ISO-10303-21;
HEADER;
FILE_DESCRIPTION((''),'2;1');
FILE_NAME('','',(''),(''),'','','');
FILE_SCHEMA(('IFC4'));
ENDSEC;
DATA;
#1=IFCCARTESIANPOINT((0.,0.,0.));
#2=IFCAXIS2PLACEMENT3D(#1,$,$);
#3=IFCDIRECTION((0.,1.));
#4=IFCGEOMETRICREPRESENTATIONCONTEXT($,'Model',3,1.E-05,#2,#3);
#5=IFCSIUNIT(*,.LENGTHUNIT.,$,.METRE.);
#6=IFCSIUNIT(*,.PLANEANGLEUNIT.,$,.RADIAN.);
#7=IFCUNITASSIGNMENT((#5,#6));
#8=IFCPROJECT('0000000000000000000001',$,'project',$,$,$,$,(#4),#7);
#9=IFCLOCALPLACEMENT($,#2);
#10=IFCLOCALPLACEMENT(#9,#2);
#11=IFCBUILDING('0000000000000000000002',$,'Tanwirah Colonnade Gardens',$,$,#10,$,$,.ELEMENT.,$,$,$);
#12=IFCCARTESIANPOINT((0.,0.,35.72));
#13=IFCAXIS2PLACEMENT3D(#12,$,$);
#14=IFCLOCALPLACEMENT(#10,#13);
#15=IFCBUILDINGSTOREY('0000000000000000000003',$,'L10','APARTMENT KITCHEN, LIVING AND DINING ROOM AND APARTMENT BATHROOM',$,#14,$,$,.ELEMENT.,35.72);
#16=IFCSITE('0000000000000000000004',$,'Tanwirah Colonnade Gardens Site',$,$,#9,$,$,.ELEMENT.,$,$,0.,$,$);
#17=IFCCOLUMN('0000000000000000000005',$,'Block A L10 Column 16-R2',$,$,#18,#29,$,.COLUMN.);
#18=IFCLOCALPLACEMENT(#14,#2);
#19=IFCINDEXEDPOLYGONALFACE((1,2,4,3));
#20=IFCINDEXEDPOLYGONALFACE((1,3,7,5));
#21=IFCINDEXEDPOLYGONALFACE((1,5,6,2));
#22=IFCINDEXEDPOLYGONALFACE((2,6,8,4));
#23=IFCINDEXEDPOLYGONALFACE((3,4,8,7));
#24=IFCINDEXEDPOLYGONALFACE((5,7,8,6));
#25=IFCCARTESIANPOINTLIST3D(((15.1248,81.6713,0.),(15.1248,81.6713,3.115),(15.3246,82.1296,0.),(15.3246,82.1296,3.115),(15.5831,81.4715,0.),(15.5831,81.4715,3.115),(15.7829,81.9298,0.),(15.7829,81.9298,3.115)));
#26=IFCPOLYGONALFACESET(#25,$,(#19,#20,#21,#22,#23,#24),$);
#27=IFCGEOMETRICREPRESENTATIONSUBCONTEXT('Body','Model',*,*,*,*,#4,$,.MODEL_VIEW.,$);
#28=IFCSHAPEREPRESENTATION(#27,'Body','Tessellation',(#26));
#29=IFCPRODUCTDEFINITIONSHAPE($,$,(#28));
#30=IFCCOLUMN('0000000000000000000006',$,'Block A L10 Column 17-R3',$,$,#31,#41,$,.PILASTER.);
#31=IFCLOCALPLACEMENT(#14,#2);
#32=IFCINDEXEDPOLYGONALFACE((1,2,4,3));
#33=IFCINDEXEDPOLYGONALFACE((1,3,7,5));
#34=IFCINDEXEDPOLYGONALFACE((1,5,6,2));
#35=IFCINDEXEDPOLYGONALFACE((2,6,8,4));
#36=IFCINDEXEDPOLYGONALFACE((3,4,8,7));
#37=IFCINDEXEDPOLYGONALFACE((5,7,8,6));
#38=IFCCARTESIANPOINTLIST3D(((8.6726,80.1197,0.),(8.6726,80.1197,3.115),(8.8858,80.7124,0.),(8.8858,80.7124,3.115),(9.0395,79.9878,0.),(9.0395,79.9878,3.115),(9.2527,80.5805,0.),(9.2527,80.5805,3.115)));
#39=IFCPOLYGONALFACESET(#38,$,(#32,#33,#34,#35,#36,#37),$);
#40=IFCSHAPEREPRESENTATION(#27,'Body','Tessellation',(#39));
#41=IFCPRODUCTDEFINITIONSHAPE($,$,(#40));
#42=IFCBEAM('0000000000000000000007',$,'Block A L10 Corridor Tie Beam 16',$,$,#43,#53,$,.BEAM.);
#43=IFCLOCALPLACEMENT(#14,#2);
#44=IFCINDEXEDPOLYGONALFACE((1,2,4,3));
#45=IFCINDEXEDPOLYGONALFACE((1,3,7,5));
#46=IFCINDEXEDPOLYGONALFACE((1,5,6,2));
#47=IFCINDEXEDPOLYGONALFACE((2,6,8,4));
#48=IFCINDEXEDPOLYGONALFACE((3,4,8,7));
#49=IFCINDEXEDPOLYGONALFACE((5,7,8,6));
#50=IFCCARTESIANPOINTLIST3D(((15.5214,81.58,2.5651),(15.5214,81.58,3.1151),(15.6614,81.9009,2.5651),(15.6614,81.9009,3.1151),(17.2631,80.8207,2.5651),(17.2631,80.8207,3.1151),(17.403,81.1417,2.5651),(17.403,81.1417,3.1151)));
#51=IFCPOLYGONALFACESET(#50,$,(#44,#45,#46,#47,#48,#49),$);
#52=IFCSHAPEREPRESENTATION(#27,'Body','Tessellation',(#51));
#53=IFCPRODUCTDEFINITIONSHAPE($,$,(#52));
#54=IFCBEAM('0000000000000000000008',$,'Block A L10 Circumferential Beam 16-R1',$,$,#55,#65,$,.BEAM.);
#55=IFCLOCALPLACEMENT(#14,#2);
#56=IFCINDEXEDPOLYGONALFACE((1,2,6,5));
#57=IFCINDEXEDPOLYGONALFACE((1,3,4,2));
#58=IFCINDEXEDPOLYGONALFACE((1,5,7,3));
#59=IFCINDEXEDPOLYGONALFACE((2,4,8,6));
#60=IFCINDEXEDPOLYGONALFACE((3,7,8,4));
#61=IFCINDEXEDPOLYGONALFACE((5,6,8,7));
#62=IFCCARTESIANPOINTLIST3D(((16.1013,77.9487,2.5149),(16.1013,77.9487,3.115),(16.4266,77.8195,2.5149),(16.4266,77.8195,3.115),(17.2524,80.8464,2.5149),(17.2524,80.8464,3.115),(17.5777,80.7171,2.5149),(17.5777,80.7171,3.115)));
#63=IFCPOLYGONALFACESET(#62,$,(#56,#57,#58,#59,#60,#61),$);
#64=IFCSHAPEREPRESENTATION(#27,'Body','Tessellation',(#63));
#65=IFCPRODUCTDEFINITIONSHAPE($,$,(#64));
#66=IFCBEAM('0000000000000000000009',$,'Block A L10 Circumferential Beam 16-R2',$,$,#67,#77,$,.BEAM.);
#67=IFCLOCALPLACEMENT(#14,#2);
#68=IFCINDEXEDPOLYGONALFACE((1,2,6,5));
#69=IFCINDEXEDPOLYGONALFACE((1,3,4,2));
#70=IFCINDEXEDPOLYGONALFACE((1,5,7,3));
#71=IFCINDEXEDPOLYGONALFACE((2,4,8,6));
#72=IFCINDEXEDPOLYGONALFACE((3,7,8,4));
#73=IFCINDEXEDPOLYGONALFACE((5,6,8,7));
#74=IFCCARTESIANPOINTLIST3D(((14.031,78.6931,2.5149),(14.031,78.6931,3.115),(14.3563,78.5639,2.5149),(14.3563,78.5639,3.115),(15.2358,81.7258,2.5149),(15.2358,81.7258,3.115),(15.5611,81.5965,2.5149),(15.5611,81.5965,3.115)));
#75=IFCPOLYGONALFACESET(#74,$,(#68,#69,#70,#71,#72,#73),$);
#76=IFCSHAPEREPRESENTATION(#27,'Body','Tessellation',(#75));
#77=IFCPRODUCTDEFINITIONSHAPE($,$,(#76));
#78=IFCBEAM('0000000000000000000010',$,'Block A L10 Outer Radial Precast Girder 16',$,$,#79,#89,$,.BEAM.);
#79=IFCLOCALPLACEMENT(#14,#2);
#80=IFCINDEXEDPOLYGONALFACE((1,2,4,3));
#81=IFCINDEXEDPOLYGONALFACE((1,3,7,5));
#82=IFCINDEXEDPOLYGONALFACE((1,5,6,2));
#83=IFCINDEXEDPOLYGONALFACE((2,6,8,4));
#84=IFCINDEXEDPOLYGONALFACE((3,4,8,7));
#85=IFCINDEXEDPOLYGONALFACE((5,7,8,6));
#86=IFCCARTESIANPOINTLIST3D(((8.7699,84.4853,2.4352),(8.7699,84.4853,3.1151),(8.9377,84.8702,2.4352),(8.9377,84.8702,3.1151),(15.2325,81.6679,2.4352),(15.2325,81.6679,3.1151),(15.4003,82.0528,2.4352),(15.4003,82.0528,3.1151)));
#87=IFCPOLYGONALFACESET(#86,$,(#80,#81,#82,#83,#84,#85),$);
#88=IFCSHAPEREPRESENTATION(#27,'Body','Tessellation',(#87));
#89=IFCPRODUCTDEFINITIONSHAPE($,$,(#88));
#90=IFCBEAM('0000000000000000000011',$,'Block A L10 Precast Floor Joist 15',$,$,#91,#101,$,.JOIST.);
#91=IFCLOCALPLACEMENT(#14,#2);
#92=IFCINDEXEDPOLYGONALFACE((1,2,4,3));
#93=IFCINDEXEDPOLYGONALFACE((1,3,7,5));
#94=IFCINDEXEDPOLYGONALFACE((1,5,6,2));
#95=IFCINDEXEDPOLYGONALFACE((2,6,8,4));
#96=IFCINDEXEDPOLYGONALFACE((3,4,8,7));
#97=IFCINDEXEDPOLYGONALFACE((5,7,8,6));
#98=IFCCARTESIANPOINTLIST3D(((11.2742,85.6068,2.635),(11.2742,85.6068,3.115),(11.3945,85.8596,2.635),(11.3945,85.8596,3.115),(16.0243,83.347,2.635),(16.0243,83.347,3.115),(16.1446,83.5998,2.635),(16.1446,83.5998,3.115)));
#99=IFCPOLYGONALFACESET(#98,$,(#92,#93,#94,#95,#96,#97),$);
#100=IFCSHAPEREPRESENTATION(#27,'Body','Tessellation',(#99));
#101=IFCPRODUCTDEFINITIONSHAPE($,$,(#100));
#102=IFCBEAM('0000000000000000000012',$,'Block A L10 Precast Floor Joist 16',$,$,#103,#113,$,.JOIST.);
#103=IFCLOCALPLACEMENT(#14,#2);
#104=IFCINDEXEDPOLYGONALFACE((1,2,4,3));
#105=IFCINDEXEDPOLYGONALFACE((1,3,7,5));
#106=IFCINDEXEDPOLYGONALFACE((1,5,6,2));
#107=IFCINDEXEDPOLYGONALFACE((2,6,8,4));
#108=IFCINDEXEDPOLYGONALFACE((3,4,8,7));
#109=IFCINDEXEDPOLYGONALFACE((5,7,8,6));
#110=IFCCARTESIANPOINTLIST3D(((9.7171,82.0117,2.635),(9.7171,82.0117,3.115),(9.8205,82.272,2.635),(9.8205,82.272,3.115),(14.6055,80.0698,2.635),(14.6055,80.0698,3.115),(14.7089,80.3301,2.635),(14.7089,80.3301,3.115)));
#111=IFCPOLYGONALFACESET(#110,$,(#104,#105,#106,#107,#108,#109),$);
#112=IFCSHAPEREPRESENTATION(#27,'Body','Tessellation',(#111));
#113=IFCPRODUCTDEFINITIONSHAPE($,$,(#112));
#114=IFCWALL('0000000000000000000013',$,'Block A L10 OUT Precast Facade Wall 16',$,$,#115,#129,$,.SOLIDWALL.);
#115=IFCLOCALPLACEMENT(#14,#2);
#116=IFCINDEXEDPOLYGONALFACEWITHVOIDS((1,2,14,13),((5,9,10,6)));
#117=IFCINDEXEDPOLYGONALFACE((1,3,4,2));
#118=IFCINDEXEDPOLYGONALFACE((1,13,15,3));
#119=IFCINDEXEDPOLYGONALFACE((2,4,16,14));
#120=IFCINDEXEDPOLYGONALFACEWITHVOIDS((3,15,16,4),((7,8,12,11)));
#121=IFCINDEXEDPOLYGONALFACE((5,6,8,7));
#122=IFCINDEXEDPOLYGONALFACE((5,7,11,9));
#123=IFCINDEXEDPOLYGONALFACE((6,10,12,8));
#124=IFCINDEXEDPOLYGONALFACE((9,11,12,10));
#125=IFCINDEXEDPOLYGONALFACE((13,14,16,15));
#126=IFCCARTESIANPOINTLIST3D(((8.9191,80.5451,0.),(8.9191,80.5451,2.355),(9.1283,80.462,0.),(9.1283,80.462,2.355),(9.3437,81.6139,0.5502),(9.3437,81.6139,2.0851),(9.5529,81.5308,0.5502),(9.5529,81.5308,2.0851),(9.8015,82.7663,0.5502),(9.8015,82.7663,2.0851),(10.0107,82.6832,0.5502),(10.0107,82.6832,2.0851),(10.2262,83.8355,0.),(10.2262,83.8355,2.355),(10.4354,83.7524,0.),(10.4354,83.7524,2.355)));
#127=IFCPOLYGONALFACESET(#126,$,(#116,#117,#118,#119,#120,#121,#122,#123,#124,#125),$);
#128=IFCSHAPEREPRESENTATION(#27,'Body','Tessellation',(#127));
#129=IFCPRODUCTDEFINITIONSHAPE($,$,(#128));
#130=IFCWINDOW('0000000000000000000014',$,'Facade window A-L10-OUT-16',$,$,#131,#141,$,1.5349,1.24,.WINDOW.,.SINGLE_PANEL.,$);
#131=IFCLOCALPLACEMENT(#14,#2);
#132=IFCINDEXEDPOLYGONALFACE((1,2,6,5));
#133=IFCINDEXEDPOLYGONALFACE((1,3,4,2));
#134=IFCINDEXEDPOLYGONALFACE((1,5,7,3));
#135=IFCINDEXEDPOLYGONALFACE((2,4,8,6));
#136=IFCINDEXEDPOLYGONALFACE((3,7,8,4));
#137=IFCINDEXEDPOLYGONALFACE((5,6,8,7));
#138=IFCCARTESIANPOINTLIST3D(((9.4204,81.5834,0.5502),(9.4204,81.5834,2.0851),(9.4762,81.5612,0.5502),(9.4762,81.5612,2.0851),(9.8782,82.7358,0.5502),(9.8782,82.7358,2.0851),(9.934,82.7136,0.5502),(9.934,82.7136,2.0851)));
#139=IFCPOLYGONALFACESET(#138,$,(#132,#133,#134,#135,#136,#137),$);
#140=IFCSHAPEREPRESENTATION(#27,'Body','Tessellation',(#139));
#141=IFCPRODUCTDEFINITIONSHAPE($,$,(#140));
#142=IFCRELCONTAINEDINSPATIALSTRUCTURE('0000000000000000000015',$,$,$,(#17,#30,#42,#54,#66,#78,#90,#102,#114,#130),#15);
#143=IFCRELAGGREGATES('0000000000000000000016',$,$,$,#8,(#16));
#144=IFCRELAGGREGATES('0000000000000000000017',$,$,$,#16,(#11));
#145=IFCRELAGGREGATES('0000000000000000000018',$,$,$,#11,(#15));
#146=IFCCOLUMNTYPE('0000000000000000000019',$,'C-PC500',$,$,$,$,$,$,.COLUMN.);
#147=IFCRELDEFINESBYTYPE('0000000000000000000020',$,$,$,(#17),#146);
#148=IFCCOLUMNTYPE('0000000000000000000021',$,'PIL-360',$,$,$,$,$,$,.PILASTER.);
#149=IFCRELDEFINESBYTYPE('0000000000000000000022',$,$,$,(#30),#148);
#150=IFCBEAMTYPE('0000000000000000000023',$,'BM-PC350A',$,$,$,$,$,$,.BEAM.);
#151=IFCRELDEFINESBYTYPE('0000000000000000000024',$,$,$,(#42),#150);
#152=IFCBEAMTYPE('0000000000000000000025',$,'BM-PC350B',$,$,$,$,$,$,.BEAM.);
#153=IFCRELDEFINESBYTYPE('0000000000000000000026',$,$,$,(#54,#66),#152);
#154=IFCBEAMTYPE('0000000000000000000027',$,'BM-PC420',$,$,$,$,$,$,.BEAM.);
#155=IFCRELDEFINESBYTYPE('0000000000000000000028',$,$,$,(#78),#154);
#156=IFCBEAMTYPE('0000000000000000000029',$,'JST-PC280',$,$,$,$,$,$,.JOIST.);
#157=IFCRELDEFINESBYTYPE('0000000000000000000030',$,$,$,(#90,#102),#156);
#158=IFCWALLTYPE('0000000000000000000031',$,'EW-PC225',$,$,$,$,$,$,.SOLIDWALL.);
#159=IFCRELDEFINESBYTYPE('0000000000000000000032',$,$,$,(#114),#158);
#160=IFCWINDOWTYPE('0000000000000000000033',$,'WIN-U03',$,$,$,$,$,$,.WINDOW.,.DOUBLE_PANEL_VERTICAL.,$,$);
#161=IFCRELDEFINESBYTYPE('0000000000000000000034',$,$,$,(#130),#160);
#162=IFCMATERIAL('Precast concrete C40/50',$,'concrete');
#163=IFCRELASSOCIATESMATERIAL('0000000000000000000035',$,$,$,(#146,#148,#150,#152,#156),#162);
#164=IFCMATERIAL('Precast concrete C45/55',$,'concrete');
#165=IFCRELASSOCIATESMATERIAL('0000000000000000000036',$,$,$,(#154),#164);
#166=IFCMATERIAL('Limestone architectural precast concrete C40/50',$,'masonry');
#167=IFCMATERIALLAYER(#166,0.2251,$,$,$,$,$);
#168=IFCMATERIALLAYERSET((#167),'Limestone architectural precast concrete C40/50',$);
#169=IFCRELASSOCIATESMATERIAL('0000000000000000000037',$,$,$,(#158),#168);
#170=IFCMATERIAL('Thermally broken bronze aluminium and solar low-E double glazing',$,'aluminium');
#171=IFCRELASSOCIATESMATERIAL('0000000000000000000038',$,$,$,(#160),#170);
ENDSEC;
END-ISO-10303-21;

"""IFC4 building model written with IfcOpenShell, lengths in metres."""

from ifc_helpers import new_model, si_unit, direction, frame, frame_2d, origin, origin_2d, place, context, subcontext, project, spatial, rectangle, extrude, material, layer, layer_set, material_profile, profile_set, type_object, element, fill, save


model = new_model("IFC4")

# Units and contexts
model_context = context("Model", 3, precision=1e-05, world=origin(), true_north=direction((0.0, 1.0)))
body_context = subcontext(model_context, "Body", "Model", "MODEL_VIEW")
ifc_project = project(units=[si_unit("LENGTHUNIT", "METRE"), si_unit("PLANEANGLEUNIT", "RADIAN")], contexts=[model_context])

# Site, building, storey
site_placement = place(None, origin())
site = spatial("IfcSite", under=ifc_project, at=site_placement, Name="Tanwirah Colonnade Gardens Site", CompositionType="ELEMENT", RefElevation=0.0)
building_placement = place(site_placement, origin())
building = spatial("IfcBuilding", under=site, at=building_placement, Name="Tanwirah Colonnade Gardens", CompositionType="ELEMENT")
storey_placement = place(building_placement, frame((0.0, 0.0, 35.72)))
storey = spatial("IfcBuildingStorey", under=building, at=storey_placement, Name="L10", Description="APARTMENT KITCHEN, LIVING AND DINING ROOM AND APARTMENT BATHROOM", CompositionType="ELEMENT", Elevation=35.72)

# Columns
ifc_material_1 = material(Name="Precast concrete C40/50", Category="concrete")
ifc_material_profile_1 = material_profile(ifc_material_1, rectangle(XDim=0.5, YDim=0.5, at=origin_2d()), Name="PC-COL 500x500")
ifc_profile_set_1 = profile_set([ifc_material_profile_1], Name="Precast concrete C40/50")
column_type_1 = type_object("IfcColumnType", Name="C-PC500", PredefinedType="COLUMN", material=ifc_profile_set_1)
column_1_placement = place(storey_placement, frame((15.4539, 81.8005, 0.0), z_axis=(0.0, 0.0, 1.0), x_axis=(-0.916673, 0.399638, 0.0)))
element("IfcColumn", 1, at=column_1_placement, inside=storey, type_object=column_type_1, Name="Block A L10 Column 16-R2", PredefinedType="COLUMN", context=body_context, shape_type="SweptSolid", body=[
    extrude(rectangle(XDim=0.5, YDim=0.5, at=origin_2d()), origin(), (0.0, 0.0, 1.0), 3.115),
])
ifc_material_profile_2 = material_profile(ifc_material_1, rectangle(XDim=0.3899, YDim=0.6299, at=origin_2d()), Name="PC-PIL 390x630")
ifc_profile_set_2 = profile_set([ifc_material_profile_2], Name="Precast concrete C40/50")
column_type_2 = type_object("IfcColumnType", Name="PIL-360", PredefinedType="PILASTER", material=ifc_profile_set_2)
column_2_placement = place(storey_placement, frame((8.9626, 80.3501, 0.0), z_axis=(0.0, 0.0, 1.0), x_axis=(-0.941012, 0.338373, 0.0)))
element("IfcColumn", 2, at=column_2_placement, inside=storey, type_object=column_type_2, Name="Block A L10 Column 17-R3", PredefinedType="PILASTER", context=body_context, shape_type="SweptSolid", body=[
    extrude(rectangle(XDim=0.3899, YDim=0.6299, at=origin_2d()), origin(), (0.0, 0.0, 1.0), 3.115),
])

# Beams
ifc_material_profile_3 = material_profile(ifc_material_1, rectangle(XDim=0.3501, YDim=0.55, at=origin_2d()), Name="PC-BM 350x550")
ifc_profile_set_3 = profile_set([ifc_material_profile_3], Name="Precast concrete C40/50")
beam_type_1 = type_object("IfcBeamType", Name="BM-PC350A", PredefinedType="BEAM", material=ifc_profile_set_3)
beam_1_placement = place(storey_placement, frame((17.333, 80.9812, 2.8401), z_axis=(-0.916681, 0.399619, 0.0), x_axis=(-0.399619, -0.916681, 0.0)))
element("IfcBeam", 3, at=beam_1_placement, inside=storey, type_object=beam_type_1, Name="Block A L10 Corridor Tie Beam 16", PredefinedType="BEAM", context=body_context, shape_type="SweptSolid", body=[
    extrude(rectangle(XDim=0.3501, YDim=0.55, at=origin_2d()), origin(), (0.0, 0.0, 1.0), 1.8999),
])
ifc_material_profile_4 = material_profile(ifc_material_1, rectangle(XDim=0.3501, YDim=0.6001, at=origin_2d()), Name="PC-BM 350x600")
ifc_profile_set_4 = profile_set([ifc_material_profile_4], Name="Precast concrete C40/50")
beam_type_2 = type_object("IfcBeamType", Name="BM-PC350B", PredefinedType="BEAM", material=ifc_profile_set_4)
beam_2_placement = place(storey_placement, frame((17.415, 80.7817, 2.8149), z_axis=(-0.369189, -0.929354, 0.0), x_axis=(0.929354, -0.369189, 0.0)))
element("IfcBeam", 4, at=beam_2_placement, inside=storey, type_object=beam_type_2, Name="Block A L10 Circumferential Beam 16-R1", PredefinedType="BEAM", context=body_context, shape_type="SweptSolid", body=[
    extrude(rectangle(XDim=0.3501, YDim=0.6001, at=origin_2d()), origin(), (0.0, 0.0, 1.0), 3.1179),
])
beam_3_placement = place(storey_placement, frame((15.3984, 81.6611, 2.8149), z_axis=(-0.36921, -0.929346, 0.0), x_axis=(0.929346, -0.36921, 0.0)))
element("IfcBeam", 5, at=beam_3_placement, inside=storey, type_object=beam_type_2, Name="Block A L10 Circumferential Beam 16-R2", PredefinedType="BEAM", context=body_context, shape_type="SweptSolid", body=[
    extrude(rectangle(XDim=0.3501, YDim=0.6001, at=origin_2d()), origin(), (0.0, 0.0, 1.0), 3.2632),
])
ifc_material_2 = material(Name="Precast concrete C45/55", Category="concrete")
ifc_material_profile_5 = material_profile(ifc_material_2, rectangle(XDim=0.4199, YDim=0.6799, at=origin_2d()), Name="PC-BM 420x680")
ifc_profile_set_5 = profile_set([ifc_material_profile_5], Name="Precast concrete C45/55")
beam_type_3 = type_object("IfcBeamType", Name="BM-PC420", PredefinedType="BEAM", material=ifc_profile_set_5)
beam_4_placement = place(storey_placement, frame((15.3164, 81.8604, 2.7751), z_axis=(-0.916679, 0.399625, 0.0), x_axis=(-0.399625, -0.916679, 0.0)))
element("IfcBeam", 6, at=beam_4_placement, inside=storey, type_object=beam_type_3, Name="Block A L10 Outer Radial Precast Girder 16", PredefinedType="BEAM", context=body_context, shape_type="SweptSolid", body=[
    extrude(rectangle(XDim=0.4199, YDim=0.6799, at=origin_2d()), origin(), (0.0, 0.0, 1.0), 7.05),
])
ifc_material_profile_6 = material_profile(ifc_material_1, rectangle(XDim=0.28, YDim=0.48, at=origin_2d()), Name="PC-JST 280x480")
ifc_profile_set_6 = profile_set([ifc_material_profile_6], Name="Precast concrete C40/50")
beam_type_4 = type_object("IfcBeamType", Name="JST-PC280", PredefinedType="JOIST", material=ifc_profile_set_6)
beam_5_placement = place(storey_placement, frame((16.0845, 83.4734, 2.875), z_axis=(-0.903018, 0.429602, 0.0), x_axis=(-0.429602, -0.903018, 0.0)))
element("IfcBeam", 7, at=beam_5_placement, inside=storey, type_object=beam_type_4, Name="Block A L10 Precast Floor Joist 15", PredefinedType="JOIST", context=body_context, shape_type="SweptSolid", body=[
    extrude(rectangle(XDim=0.28, YDim=0.48, at=origin_2d()), origin(), (0.0, 0.0, 1.0), 5.2603),
])
beam_6_placement = place(storey_placement, frame((14.6572, 80.2, 2.875), z_axis=(-0.929358, 0.369181, 0.0), x_axis=(-0.369181, -0.929358, 0.0)))
element("IfcBeam", 8, at=beam_6_placement, inside=storey, type_object=beam_type_4, Name="Block A L10 Precast Floor Joist 16", PredefinedType="JOIST", context=body_context, shape_type="SweptSolid", body=[
    extrude(rectangle(XDim=0.28, YDim=0.48, at=origin_2d()), origin(), (0.0, 0.0, 1.0), 5.26),
])

# Wall, opening, window
ifc_material_3 = material(Name="Limestone architectural precast concrete C40/50", Category="masonry")
ifc_layer_1 = layer(ifc_material_3, 0.2251)
ifc_layer_set_1 = layer_set([ifc_layer_1], Name="Limestone architectural precast concrete C40/50")
wall_type_1 = type_object("IfcWallType", Name="EW-PC225", PredefinedType="SOLIDWALL", material=ifc_layer_set_1)
wall_1_placement = place(storey_placement, frame((10.3308, 83.7939, 0.0), z_axis=(0.0, 0.0, 1.0), x_axis=(-0.369178, -0.929359, 0.0)))
wall_1 = element("IfcWall", 9, at=wall_1_placement, inside=storey, type_object=wall_type_1, Name="Block A L10 OUT Precast Facade Wall 16", PredefinedType="SOLIDWALL", context=body_context, shape_type="SweptSolid", body=[
    extrude(rectangle(XDim=3.5405, YDim=0.2251, at=frame_2d((1.7703, 0.0))), origin(), (0.0, 0.0, 1.0), 2.355),
])
opening_1_placement = place(wall_1_placement, frame((1.1504, 0.0, 0.55)))
opening_1 = element("IfcOpeningElement", 10, at=opening_1_placement, cuts=wall_1, PredefinedType="OPENING", context=body_context, shape_type="SweptSolid", body=[
    extrude(rectangle(XDim=1.24, YDim=1.5349, at=frame_2d((0.6201, 0.7676))), frame((0.0, 0.1226, 0.0), z_axis=(0.0, -1.0, 0.0), x_axis=(1.0, 0.0, 0.0)), (0.0, 0.0, 1.0), 0.2451),
])
ifc_material_4 = material(Name="Thermally broken bronze aluminium and solar low-E double glazing", Category="aluminium")
window_type = type_object("IfcWindowType", Name="WIN-U03", PartitioningType="DOUBLE_PANEL_VERTICAL", PredefinedType="WINDOW", material=ifc_material_4)
window_placement = place(opening_1_placement, origin())
window = element("IfcWindow", 11, at=window_placement, inside=storey, type_object=window_type, Name="Facade window A-L10-OUT-16", OverallHeight=1.5349, OverallWidth=1.24, PartitioningType="SINGLE_PANEL", PredefinedType="WINDOW", context=body_context, shape_type="SweptSolid", body=[
    extrude(rectangle(XDim=1.24, YDim=1.5349, at=frame_2d((0.6201, 0.7676))), frame((0.0, 0.03, 0.0), z_axis=(0.0, -1.0, 0.0), x_axis=(1.0, 0.0, 0.0)), (0.0, 0.0, 1.0), 0.0601),
])
fill(opening_1, window)

save(model, "model.ifc")
